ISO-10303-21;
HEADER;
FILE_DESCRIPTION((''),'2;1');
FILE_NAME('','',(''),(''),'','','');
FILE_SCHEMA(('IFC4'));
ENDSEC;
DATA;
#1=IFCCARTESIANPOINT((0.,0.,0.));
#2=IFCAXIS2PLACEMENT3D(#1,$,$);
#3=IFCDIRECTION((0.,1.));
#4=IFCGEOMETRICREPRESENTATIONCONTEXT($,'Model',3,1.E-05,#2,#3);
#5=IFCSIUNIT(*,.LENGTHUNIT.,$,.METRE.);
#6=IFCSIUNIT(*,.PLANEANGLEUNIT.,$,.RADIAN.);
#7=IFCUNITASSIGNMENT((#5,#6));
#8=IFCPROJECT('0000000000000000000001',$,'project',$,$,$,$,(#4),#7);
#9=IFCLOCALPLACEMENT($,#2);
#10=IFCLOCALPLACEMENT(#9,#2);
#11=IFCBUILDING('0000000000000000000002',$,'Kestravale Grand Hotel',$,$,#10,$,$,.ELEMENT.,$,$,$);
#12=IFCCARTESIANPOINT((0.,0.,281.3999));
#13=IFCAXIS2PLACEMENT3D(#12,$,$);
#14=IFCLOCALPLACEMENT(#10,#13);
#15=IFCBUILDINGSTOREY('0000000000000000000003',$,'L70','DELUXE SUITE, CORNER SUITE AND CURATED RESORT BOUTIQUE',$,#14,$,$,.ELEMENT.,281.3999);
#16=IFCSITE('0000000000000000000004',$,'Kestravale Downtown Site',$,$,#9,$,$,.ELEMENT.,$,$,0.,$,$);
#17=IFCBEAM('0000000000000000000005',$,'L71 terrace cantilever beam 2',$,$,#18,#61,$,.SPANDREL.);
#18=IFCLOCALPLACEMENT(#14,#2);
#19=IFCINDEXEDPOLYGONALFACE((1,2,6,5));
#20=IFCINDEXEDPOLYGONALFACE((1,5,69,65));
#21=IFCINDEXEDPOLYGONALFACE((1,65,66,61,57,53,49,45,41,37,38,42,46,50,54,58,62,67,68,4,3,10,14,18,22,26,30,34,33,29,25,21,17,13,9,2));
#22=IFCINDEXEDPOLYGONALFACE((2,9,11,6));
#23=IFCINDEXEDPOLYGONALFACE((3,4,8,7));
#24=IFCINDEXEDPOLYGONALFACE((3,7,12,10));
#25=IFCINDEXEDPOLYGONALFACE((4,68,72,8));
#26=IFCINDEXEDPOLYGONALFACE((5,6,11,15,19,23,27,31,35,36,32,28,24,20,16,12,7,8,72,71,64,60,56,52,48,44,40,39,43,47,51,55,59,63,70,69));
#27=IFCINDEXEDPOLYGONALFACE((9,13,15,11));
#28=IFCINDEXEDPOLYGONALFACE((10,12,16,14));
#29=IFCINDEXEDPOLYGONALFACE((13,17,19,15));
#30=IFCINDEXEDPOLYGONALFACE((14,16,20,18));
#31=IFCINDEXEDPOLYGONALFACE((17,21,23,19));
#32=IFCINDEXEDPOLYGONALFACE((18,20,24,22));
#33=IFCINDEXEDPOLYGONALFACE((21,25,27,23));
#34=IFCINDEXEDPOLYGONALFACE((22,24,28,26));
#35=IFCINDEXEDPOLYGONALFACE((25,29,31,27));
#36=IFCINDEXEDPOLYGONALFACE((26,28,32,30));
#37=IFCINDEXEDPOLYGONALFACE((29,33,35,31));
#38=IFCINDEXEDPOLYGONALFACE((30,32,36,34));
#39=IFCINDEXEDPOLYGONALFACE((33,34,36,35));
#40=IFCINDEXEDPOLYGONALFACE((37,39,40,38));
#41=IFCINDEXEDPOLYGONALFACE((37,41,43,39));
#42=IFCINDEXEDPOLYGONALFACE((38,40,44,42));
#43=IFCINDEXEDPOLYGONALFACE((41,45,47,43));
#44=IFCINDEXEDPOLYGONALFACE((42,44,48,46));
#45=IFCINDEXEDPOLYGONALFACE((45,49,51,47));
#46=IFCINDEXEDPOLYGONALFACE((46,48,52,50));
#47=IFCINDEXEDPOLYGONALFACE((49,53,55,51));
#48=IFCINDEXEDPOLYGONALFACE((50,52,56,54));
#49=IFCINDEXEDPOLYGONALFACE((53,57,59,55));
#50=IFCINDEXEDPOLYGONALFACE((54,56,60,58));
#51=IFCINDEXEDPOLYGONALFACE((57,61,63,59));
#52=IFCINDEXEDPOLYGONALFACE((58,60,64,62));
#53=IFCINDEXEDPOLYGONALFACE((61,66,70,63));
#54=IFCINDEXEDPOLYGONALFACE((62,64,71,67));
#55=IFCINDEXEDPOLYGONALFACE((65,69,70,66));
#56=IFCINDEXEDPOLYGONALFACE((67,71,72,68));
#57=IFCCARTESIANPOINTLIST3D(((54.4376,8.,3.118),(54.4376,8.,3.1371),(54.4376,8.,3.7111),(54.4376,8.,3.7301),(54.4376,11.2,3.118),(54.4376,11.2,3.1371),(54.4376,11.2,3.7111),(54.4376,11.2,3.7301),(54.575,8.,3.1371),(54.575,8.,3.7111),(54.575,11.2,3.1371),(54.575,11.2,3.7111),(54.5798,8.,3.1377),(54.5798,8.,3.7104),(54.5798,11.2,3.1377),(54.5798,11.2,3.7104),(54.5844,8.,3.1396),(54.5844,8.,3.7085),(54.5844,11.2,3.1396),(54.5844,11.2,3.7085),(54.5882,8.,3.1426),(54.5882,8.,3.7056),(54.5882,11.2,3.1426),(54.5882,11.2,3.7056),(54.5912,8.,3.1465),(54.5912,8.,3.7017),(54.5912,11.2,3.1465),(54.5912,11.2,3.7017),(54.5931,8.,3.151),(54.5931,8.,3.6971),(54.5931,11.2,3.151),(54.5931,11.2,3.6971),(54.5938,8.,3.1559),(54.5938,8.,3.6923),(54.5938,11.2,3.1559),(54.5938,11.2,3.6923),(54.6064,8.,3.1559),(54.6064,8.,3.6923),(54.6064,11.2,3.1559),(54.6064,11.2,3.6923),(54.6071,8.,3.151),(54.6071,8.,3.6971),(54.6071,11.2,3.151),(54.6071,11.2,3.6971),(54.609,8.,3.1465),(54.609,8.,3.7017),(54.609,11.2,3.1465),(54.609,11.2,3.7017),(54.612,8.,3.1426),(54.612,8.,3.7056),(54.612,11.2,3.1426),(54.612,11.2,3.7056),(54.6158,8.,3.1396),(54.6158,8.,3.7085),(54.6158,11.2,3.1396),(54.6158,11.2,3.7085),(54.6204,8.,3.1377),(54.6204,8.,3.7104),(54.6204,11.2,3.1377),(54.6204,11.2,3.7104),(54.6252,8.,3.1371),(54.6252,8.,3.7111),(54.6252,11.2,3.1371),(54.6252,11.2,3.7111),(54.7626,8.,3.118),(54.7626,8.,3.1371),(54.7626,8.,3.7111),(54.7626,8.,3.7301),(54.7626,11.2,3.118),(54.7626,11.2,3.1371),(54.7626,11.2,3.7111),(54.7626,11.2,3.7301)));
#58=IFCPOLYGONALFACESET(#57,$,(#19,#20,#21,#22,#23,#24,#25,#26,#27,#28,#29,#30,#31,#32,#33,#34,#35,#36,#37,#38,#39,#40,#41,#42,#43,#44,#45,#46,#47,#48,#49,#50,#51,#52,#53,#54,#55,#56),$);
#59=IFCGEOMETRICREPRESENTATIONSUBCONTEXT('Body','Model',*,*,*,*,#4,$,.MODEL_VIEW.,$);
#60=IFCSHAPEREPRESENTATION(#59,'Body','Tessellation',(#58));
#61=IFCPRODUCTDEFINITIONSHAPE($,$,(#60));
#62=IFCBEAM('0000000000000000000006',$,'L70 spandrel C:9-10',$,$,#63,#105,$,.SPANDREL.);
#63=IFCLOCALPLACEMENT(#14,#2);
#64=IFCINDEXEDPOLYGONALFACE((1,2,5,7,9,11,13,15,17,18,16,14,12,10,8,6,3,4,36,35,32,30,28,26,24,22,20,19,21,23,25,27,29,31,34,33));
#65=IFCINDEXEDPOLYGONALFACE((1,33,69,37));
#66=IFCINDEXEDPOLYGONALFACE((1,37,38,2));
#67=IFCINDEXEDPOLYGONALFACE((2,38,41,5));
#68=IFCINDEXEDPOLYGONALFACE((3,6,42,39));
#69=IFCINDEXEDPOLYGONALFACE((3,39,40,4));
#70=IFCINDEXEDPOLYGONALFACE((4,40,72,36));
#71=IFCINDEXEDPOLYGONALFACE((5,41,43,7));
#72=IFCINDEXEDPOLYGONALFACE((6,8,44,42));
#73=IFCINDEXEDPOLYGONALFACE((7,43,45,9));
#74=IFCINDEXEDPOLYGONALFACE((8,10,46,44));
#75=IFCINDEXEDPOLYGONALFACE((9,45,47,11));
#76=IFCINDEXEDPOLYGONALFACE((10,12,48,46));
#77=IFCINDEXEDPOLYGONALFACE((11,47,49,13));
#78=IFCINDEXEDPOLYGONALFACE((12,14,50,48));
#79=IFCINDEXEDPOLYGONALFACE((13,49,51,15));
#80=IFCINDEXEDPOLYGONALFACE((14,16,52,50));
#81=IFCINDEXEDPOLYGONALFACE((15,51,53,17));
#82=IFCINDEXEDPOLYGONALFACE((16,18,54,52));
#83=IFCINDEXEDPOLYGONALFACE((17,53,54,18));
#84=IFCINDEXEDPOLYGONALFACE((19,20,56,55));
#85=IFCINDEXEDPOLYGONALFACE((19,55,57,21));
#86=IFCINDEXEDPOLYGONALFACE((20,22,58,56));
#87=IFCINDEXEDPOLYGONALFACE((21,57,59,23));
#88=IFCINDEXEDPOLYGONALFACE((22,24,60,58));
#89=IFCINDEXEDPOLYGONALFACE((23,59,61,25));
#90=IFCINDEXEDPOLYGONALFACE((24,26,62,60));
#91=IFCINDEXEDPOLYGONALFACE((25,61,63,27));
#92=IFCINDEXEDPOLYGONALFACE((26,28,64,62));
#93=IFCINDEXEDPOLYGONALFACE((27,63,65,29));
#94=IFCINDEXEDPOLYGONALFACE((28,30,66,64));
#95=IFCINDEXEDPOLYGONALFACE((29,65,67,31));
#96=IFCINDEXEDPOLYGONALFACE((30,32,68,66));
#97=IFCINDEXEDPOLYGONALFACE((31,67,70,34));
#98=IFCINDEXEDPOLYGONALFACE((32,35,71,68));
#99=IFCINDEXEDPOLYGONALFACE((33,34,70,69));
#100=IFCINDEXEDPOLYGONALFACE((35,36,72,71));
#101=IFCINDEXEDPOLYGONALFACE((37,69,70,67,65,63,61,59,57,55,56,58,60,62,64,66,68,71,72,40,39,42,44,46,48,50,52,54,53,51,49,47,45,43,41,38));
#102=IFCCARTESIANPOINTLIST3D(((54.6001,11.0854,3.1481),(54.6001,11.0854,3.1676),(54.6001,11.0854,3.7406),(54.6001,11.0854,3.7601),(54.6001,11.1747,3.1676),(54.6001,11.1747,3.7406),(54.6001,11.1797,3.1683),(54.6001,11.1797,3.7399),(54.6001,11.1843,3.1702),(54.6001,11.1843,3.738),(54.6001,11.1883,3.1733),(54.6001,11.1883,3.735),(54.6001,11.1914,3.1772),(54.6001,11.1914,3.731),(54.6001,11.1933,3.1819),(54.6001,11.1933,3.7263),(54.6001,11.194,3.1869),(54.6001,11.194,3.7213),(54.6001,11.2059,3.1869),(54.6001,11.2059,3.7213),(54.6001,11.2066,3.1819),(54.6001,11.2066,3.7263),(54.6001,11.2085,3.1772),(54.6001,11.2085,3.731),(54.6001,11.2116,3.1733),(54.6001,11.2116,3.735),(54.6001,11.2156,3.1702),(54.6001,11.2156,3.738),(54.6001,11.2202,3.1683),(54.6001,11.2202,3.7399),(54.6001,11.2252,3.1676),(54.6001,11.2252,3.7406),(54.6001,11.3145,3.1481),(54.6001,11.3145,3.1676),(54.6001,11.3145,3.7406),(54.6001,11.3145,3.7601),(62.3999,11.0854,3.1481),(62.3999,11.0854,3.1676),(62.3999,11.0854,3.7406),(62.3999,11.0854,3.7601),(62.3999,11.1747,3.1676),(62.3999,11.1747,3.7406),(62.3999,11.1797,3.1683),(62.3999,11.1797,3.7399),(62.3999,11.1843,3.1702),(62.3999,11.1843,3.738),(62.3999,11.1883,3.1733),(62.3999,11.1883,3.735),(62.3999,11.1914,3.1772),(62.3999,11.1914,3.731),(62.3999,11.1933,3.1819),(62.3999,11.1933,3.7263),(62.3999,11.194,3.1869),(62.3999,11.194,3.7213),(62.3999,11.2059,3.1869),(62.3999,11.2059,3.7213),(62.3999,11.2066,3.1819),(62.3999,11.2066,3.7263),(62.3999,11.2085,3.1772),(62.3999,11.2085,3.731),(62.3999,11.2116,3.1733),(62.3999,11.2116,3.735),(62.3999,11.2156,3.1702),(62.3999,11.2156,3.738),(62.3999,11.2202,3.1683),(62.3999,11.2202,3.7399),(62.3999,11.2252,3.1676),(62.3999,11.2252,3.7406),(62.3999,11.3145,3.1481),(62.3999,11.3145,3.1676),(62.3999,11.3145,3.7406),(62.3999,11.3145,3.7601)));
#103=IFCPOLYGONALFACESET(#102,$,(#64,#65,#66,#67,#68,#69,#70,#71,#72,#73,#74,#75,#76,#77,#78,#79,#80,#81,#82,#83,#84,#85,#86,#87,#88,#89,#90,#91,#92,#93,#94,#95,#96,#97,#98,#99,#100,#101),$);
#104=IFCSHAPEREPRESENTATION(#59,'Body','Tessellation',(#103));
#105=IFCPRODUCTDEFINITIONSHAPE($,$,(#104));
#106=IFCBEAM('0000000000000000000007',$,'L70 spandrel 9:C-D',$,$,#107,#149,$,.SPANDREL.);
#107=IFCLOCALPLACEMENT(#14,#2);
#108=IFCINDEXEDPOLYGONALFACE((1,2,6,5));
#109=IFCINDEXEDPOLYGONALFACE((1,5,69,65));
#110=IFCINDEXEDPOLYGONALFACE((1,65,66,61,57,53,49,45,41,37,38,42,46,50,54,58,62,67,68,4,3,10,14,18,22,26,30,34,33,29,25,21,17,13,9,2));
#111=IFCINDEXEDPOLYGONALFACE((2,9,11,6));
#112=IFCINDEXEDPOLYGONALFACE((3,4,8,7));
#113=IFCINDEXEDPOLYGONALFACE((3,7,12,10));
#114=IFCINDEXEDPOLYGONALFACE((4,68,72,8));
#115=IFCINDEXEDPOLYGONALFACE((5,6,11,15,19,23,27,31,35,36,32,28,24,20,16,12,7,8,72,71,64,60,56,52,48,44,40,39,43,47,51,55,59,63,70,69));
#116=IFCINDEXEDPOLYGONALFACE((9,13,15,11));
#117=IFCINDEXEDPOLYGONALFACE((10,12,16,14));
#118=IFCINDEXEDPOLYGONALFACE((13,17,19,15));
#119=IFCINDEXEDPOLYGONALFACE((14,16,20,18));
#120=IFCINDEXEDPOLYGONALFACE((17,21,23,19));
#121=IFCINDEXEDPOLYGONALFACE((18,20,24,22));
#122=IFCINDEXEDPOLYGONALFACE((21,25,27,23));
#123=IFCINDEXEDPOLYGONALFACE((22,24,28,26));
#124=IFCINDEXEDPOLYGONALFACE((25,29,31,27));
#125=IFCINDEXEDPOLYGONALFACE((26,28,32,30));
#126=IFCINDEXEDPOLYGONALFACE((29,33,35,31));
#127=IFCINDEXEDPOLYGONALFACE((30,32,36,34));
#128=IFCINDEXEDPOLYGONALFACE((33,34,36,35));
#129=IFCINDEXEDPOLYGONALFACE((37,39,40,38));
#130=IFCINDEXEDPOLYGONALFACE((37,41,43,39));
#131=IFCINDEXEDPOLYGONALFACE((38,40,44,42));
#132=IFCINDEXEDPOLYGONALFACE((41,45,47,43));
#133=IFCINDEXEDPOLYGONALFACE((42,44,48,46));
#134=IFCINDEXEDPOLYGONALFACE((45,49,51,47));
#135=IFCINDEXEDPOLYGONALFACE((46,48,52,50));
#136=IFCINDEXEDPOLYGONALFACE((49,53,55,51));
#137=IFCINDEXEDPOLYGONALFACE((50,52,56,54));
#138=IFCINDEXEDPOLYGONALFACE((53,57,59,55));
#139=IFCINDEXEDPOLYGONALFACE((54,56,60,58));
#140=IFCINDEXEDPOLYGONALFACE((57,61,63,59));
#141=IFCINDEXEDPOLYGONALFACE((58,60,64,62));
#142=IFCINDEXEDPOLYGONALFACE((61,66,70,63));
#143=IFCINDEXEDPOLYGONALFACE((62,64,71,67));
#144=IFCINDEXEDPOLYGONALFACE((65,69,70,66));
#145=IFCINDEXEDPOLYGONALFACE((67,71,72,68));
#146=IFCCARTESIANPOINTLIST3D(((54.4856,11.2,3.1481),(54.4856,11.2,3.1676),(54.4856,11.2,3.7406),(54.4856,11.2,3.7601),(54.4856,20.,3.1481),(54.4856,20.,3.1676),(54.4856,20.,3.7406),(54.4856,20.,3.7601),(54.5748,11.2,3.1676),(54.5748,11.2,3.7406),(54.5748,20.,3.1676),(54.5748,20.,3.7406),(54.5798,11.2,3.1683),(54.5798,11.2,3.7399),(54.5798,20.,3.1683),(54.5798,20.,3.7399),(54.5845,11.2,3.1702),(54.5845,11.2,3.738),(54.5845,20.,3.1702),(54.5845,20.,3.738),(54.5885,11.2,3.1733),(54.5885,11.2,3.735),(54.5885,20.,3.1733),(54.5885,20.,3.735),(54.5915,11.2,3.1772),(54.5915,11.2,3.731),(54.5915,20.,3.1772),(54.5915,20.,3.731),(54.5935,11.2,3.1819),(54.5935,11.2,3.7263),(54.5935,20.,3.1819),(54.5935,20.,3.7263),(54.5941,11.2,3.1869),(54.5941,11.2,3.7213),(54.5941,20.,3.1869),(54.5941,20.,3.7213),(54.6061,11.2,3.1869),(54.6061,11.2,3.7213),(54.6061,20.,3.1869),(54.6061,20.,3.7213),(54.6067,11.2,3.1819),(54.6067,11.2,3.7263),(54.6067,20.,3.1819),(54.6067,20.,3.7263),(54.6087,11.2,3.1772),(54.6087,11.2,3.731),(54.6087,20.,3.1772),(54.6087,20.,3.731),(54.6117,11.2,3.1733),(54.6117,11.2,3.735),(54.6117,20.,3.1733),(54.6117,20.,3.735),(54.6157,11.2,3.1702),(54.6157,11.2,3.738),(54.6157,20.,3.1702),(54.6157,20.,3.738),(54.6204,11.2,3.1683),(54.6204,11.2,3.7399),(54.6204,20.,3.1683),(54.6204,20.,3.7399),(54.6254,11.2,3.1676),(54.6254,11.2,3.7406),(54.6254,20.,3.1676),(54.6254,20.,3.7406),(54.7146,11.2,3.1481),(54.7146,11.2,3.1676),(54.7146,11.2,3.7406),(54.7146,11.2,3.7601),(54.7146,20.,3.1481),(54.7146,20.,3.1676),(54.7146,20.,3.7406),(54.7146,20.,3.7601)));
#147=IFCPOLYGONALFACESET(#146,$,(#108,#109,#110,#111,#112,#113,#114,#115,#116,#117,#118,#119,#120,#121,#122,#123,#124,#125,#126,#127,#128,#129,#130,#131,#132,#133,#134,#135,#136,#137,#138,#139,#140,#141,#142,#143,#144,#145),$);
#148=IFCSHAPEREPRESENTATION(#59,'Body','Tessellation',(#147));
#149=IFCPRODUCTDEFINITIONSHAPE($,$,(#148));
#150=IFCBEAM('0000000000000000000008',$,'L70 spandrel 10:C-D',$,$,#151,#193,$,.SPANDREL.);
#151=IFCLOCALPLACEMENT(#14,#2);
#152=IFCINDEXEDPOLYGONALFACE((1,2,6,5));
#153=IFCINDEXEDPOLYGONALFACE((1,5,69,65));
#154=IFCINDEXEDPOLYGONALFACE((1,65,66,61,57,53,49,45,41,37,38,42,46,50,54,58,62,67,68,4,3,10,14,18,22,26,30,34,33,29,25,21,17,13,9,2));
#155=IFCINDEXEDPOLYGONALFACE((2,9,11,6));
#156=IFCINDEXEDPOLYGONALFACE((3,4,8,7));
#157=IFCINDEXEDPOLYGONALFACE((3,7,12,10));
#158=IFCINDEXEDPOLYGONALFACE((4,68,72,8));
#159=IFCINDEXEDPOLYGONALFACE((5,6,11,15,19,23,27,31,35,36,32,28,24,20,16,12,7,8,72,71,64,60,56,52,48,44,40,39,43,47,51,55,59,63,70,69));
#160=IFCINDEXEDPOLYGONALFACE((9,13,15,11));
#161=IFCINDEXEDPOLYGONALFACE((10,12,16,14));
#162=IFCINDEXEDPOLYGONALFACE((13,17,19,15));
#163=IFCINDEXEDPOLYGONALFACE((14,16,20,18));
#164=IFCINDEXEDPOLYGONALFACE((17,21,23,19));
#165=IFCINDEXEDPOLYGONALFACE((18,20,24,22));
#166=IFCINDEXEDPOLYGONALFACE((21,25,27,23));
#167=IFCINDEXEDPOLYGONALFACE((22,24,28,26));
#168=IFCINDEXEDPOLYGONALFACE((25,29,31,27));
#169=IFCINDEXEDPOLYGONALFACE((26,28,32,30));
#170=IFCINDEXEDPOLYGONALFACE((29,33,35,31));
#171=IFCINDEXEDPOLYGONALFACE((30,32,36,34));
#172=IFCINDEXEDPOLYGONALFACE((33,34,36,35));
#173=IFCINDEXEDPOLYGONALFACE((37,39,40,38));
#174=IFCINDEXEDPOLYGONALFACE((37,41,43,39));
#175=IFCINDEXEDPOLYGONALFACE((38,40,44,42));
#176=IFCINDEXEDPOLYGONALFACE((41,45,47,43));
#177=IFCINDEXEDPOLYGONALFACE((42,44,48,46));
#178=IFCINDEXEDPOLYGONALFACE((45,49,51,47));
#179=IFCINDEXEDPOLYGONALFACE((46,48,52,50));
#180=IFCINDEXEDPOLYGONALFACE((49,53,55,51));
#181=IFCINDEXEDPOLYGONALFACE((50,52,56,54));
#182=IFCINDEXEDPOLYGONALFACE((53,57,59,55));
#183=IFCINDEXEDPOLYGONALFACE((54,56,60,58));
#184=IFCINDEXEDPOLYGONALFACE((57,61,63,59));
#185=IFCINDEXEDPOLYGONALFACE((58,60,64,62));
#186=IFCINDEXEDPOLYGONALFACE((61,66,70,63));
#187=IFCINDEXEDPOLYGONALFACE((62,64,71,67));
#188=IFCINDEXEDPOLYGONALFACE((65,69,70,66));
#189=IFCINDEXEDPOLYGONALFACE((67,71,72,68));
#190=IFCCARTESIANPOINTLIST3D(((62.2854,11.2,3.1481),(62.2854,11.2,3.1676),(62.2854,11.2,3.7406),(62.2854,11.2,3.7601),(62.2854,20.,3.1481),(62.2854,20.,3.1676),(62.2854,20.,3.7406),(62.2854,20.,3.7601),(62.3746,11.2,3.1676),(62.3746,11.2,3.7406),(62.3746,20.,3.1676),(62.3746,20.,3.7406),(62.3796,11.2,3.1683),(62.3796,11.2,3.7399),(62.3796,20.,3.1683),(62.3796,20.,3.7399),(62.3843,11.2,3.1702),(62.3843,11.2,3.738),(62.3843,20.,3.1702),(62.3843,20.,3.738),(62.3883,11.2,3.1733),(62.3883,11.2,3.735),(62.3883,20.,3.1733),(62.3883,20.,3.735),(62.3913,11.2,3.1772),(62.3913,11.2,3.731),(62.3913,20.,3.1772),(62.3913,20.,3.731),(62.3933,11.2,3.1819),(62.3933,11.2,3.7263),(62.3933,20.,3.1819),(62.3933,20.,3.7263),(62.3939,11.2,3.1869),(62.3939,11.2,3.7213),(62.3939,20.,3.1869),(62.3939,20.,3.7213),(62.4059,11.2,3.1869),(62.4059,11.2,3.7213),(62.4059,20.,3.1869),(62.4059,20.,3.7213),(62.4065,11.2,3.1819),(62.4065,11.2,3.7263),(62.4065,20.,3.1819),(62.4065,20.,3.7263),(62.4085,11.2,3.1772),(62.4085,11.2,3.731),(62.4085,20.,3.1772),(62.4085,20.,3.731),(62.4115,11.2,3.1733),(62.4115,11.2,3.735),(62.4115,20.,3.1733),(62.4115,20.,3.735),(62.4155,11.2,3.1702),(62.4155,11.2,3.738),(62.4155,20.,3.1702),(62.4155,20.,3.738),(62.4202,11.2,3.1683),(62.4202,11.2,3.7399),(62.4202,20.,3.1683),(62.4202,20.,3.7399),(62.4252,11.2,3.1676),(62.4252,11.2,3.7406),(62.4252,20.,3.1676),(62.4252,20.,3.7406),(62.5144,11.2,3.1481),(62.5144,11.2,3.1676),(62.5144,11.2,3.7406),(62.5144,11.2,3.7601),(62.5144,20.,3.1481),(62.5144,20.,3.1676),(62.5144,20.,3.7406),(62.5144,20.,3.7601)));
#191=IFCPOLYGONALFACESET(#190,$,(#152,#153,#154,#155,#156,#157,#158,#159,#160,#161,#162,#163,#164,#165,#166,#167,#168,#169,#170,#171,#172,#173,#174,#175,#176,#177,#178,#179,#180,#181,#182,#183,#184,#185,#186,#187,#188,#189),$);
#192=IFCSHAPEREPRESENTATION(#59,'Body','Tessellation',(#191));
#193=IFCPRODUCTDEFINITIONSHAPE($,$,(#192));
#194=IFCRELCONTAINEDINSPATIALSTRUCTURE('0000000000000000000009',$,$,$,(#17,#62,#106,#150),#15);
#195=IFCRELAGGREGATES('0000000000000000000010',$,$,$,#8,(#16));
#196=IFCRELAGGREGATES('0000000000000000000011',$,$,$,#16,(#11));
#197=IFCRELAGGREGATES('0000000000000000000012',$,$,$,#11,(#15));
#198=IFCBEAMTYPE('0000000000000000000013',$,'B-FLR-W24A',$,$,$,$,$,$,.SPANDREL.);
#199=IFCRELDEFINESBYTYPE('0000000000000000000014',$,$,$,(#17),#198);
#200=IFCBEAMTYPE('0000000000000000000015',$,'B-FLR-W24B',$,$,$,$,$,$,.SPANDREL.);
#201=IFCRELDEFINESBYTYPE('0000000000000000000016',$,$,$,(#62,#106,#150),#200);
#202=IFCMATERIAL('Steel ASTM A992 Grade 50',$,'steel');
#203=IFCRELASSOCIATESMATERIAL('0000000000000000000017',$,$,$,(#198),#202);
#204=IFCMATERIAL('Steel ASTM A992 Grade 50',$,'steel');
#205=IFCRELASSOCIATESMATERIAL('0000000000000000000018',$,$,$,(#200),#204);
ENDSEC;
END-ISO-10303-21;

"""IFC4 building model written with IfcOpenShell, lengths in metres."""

from ifc_helpers import new_model, si_unit, direction, frame, origin, origin_2d, place, context, subcontext, project, spatial, i_section, extrude, material, material_profile, profile_set, type_object, element, save


model = new_model("IFC4")

# Units and contexts
model_context = context("Model", 3, precision=1e-05, world=origin(), true_north=direction((0.0, 1.0)))
body_context = subcontext(model_context, "Body", "Model", "MODEL_VIEW")
ifc_project = project(units=[si_unit("LENGTHUNIT", "METRE"), si_unit("PLANEANGLEUNIT", "RADIAN")], contexts=[model_context])

# Site, building, storey
site_placement = place(None, origin())
site = spatial("IfcSite", under=ifc_project, at=site_placement, Name="Kestravale Downtown Site", CompositionType="ELEMENT", RefElevation=0.0)
building_placement = place(site_placement, origin())
building = spatial("IfcBuilding", under=site, at=building_placement, Name="Kestravale Grand Hotel", CompositionType="ELEMENT")
storey_placement = place(building_placement, frame((0.0, 0.0, 281.3999)))
storey = spatial("IfcBuildingStorey", under=building, at=storey_placement, Name="L70", Description="DELUXE SUITE, CORNER SUITE AND CURATED RESORT BOUTIQUE", CompositionType="ELEMENT", Elevation=281.3999)

# Beams
ifc_material_1 = material(Name="Steel ASTM A992 Grade 50", Category="steel")
ifc_material_profile_1 = material_profile(ifc_material_1, i_section(OverallWidth=0.325, OverallDepth=0.6121, WebThickness=0.0127, FlangeThickness=0.019, FilletRadius=0.0188, at=origin_2d()))
ifc_profile_set_1 = profile_set([ifc_material_profile_1], Name="Steel ASTM A992 Grade 50")
beam_type_1 = type_object("IfcBeamType", Name="B-FLR-W24A", PredefinedType="SPANDREL", material=ifc_profile_set_1)
beam_1_placement = place(storey_placement, frame((54.6001, 11.2, 3.4241), z_axis=(0.0, -1.0, 0.0), x_axis=(1.0, 0.0, 0.0)))
element("IfcBeam", 1, at=beam_1_placement, inside=storey, type_object=beam_type_1, Name="L71 terrace cantilever beam 2", PredefinedType="SPANDREL", context=body_context, shape_type="SweptSolid", body=[
    extrude(i_section(OverallWidth=0.325, OverallDepth=0.6121, WebThickness=0.0127, FlangeThickness=0.019, FilletRadius=0.0188, at=origin_2d()), origin(), (0.0, 0.0, 1.0), 3.2),
])
ifc_material_2 = material(Name="Steel ASTM A992 Grade 50", Category="steel")
ifc_material_profile_2 = material_profile(ifc_material_2, i_section(OverallWidth=0.229, OverallDepth=0.6121, WebThickness=0.012, FlangeThickness=0.0195, FilletRadius=0.0193, at=origin_2d()))
ifc_profile_set_2 = profile_set([ifc_material_profile_2], Name="Steel ASTM A992 Grade 50")
beam_type_2 = type_object("IfcBeamType", Name="B-FLR-W24B", PredefinedType="SPANDREL", material=ifc_profile_set_2)
beam_2_placement = place(storey_placement, frame((54.6001, 11.2, 3.4541), z_axis=(1.0, 0.0, 0.0), x_axis=(0.0, 1.0, 0.0)))
element("IfcBeam", 2, at=beam_2_placement, inside=storey, type_object=beam_type_2, Name="L70 spandrel C:9-10", PredefinedType="SPANDREL", context=body_context, shape_type="SweptSolid", body=[
    extrude(i_section(OverallWidth=0.229, OverallDepth=0.6121, WebThickness=0.012, FlangeThickness=0.0195, FilletRadius=0.0193, at=origin_2d()), origin(), (0.0, 0.0, 1.0), 7.7998),
])
for number, where, z_axis, x_axis, name in (
    (3, (54.6001, 11.2, 3.4541), (0.0, 1.0, 0.0), (-1.0, 0.0, 0.0), "L70 spandrel 9:C-D"),
    (4, (62.3999, 11.2, 3.4541), (0.0, 1.0, 0.0), (-1.0, 0.0, 0.0), "L70 spandrel 10:C-D"),
):
    element("IfcBeam", number, at=place(storey_placement, frame(where, z_axis=z_axis, x_axis=x_axis)), inside=storey, type_object=beam_type_2, Name=name, PredefinedType="SPANDREL", context=body_context, shape_type="SweptSolid", body=[
        extrude(i_section(OverallWidth=0.229, OverallDepth=0.6121, WebThickness=0.012, FlangeThickness=0.0195, FilletRadius=0.0193, at=origin_2d()), origin(), (0.0, 0.0, 1.0), 8.8),
    ])

save(model, "model.ifc")
